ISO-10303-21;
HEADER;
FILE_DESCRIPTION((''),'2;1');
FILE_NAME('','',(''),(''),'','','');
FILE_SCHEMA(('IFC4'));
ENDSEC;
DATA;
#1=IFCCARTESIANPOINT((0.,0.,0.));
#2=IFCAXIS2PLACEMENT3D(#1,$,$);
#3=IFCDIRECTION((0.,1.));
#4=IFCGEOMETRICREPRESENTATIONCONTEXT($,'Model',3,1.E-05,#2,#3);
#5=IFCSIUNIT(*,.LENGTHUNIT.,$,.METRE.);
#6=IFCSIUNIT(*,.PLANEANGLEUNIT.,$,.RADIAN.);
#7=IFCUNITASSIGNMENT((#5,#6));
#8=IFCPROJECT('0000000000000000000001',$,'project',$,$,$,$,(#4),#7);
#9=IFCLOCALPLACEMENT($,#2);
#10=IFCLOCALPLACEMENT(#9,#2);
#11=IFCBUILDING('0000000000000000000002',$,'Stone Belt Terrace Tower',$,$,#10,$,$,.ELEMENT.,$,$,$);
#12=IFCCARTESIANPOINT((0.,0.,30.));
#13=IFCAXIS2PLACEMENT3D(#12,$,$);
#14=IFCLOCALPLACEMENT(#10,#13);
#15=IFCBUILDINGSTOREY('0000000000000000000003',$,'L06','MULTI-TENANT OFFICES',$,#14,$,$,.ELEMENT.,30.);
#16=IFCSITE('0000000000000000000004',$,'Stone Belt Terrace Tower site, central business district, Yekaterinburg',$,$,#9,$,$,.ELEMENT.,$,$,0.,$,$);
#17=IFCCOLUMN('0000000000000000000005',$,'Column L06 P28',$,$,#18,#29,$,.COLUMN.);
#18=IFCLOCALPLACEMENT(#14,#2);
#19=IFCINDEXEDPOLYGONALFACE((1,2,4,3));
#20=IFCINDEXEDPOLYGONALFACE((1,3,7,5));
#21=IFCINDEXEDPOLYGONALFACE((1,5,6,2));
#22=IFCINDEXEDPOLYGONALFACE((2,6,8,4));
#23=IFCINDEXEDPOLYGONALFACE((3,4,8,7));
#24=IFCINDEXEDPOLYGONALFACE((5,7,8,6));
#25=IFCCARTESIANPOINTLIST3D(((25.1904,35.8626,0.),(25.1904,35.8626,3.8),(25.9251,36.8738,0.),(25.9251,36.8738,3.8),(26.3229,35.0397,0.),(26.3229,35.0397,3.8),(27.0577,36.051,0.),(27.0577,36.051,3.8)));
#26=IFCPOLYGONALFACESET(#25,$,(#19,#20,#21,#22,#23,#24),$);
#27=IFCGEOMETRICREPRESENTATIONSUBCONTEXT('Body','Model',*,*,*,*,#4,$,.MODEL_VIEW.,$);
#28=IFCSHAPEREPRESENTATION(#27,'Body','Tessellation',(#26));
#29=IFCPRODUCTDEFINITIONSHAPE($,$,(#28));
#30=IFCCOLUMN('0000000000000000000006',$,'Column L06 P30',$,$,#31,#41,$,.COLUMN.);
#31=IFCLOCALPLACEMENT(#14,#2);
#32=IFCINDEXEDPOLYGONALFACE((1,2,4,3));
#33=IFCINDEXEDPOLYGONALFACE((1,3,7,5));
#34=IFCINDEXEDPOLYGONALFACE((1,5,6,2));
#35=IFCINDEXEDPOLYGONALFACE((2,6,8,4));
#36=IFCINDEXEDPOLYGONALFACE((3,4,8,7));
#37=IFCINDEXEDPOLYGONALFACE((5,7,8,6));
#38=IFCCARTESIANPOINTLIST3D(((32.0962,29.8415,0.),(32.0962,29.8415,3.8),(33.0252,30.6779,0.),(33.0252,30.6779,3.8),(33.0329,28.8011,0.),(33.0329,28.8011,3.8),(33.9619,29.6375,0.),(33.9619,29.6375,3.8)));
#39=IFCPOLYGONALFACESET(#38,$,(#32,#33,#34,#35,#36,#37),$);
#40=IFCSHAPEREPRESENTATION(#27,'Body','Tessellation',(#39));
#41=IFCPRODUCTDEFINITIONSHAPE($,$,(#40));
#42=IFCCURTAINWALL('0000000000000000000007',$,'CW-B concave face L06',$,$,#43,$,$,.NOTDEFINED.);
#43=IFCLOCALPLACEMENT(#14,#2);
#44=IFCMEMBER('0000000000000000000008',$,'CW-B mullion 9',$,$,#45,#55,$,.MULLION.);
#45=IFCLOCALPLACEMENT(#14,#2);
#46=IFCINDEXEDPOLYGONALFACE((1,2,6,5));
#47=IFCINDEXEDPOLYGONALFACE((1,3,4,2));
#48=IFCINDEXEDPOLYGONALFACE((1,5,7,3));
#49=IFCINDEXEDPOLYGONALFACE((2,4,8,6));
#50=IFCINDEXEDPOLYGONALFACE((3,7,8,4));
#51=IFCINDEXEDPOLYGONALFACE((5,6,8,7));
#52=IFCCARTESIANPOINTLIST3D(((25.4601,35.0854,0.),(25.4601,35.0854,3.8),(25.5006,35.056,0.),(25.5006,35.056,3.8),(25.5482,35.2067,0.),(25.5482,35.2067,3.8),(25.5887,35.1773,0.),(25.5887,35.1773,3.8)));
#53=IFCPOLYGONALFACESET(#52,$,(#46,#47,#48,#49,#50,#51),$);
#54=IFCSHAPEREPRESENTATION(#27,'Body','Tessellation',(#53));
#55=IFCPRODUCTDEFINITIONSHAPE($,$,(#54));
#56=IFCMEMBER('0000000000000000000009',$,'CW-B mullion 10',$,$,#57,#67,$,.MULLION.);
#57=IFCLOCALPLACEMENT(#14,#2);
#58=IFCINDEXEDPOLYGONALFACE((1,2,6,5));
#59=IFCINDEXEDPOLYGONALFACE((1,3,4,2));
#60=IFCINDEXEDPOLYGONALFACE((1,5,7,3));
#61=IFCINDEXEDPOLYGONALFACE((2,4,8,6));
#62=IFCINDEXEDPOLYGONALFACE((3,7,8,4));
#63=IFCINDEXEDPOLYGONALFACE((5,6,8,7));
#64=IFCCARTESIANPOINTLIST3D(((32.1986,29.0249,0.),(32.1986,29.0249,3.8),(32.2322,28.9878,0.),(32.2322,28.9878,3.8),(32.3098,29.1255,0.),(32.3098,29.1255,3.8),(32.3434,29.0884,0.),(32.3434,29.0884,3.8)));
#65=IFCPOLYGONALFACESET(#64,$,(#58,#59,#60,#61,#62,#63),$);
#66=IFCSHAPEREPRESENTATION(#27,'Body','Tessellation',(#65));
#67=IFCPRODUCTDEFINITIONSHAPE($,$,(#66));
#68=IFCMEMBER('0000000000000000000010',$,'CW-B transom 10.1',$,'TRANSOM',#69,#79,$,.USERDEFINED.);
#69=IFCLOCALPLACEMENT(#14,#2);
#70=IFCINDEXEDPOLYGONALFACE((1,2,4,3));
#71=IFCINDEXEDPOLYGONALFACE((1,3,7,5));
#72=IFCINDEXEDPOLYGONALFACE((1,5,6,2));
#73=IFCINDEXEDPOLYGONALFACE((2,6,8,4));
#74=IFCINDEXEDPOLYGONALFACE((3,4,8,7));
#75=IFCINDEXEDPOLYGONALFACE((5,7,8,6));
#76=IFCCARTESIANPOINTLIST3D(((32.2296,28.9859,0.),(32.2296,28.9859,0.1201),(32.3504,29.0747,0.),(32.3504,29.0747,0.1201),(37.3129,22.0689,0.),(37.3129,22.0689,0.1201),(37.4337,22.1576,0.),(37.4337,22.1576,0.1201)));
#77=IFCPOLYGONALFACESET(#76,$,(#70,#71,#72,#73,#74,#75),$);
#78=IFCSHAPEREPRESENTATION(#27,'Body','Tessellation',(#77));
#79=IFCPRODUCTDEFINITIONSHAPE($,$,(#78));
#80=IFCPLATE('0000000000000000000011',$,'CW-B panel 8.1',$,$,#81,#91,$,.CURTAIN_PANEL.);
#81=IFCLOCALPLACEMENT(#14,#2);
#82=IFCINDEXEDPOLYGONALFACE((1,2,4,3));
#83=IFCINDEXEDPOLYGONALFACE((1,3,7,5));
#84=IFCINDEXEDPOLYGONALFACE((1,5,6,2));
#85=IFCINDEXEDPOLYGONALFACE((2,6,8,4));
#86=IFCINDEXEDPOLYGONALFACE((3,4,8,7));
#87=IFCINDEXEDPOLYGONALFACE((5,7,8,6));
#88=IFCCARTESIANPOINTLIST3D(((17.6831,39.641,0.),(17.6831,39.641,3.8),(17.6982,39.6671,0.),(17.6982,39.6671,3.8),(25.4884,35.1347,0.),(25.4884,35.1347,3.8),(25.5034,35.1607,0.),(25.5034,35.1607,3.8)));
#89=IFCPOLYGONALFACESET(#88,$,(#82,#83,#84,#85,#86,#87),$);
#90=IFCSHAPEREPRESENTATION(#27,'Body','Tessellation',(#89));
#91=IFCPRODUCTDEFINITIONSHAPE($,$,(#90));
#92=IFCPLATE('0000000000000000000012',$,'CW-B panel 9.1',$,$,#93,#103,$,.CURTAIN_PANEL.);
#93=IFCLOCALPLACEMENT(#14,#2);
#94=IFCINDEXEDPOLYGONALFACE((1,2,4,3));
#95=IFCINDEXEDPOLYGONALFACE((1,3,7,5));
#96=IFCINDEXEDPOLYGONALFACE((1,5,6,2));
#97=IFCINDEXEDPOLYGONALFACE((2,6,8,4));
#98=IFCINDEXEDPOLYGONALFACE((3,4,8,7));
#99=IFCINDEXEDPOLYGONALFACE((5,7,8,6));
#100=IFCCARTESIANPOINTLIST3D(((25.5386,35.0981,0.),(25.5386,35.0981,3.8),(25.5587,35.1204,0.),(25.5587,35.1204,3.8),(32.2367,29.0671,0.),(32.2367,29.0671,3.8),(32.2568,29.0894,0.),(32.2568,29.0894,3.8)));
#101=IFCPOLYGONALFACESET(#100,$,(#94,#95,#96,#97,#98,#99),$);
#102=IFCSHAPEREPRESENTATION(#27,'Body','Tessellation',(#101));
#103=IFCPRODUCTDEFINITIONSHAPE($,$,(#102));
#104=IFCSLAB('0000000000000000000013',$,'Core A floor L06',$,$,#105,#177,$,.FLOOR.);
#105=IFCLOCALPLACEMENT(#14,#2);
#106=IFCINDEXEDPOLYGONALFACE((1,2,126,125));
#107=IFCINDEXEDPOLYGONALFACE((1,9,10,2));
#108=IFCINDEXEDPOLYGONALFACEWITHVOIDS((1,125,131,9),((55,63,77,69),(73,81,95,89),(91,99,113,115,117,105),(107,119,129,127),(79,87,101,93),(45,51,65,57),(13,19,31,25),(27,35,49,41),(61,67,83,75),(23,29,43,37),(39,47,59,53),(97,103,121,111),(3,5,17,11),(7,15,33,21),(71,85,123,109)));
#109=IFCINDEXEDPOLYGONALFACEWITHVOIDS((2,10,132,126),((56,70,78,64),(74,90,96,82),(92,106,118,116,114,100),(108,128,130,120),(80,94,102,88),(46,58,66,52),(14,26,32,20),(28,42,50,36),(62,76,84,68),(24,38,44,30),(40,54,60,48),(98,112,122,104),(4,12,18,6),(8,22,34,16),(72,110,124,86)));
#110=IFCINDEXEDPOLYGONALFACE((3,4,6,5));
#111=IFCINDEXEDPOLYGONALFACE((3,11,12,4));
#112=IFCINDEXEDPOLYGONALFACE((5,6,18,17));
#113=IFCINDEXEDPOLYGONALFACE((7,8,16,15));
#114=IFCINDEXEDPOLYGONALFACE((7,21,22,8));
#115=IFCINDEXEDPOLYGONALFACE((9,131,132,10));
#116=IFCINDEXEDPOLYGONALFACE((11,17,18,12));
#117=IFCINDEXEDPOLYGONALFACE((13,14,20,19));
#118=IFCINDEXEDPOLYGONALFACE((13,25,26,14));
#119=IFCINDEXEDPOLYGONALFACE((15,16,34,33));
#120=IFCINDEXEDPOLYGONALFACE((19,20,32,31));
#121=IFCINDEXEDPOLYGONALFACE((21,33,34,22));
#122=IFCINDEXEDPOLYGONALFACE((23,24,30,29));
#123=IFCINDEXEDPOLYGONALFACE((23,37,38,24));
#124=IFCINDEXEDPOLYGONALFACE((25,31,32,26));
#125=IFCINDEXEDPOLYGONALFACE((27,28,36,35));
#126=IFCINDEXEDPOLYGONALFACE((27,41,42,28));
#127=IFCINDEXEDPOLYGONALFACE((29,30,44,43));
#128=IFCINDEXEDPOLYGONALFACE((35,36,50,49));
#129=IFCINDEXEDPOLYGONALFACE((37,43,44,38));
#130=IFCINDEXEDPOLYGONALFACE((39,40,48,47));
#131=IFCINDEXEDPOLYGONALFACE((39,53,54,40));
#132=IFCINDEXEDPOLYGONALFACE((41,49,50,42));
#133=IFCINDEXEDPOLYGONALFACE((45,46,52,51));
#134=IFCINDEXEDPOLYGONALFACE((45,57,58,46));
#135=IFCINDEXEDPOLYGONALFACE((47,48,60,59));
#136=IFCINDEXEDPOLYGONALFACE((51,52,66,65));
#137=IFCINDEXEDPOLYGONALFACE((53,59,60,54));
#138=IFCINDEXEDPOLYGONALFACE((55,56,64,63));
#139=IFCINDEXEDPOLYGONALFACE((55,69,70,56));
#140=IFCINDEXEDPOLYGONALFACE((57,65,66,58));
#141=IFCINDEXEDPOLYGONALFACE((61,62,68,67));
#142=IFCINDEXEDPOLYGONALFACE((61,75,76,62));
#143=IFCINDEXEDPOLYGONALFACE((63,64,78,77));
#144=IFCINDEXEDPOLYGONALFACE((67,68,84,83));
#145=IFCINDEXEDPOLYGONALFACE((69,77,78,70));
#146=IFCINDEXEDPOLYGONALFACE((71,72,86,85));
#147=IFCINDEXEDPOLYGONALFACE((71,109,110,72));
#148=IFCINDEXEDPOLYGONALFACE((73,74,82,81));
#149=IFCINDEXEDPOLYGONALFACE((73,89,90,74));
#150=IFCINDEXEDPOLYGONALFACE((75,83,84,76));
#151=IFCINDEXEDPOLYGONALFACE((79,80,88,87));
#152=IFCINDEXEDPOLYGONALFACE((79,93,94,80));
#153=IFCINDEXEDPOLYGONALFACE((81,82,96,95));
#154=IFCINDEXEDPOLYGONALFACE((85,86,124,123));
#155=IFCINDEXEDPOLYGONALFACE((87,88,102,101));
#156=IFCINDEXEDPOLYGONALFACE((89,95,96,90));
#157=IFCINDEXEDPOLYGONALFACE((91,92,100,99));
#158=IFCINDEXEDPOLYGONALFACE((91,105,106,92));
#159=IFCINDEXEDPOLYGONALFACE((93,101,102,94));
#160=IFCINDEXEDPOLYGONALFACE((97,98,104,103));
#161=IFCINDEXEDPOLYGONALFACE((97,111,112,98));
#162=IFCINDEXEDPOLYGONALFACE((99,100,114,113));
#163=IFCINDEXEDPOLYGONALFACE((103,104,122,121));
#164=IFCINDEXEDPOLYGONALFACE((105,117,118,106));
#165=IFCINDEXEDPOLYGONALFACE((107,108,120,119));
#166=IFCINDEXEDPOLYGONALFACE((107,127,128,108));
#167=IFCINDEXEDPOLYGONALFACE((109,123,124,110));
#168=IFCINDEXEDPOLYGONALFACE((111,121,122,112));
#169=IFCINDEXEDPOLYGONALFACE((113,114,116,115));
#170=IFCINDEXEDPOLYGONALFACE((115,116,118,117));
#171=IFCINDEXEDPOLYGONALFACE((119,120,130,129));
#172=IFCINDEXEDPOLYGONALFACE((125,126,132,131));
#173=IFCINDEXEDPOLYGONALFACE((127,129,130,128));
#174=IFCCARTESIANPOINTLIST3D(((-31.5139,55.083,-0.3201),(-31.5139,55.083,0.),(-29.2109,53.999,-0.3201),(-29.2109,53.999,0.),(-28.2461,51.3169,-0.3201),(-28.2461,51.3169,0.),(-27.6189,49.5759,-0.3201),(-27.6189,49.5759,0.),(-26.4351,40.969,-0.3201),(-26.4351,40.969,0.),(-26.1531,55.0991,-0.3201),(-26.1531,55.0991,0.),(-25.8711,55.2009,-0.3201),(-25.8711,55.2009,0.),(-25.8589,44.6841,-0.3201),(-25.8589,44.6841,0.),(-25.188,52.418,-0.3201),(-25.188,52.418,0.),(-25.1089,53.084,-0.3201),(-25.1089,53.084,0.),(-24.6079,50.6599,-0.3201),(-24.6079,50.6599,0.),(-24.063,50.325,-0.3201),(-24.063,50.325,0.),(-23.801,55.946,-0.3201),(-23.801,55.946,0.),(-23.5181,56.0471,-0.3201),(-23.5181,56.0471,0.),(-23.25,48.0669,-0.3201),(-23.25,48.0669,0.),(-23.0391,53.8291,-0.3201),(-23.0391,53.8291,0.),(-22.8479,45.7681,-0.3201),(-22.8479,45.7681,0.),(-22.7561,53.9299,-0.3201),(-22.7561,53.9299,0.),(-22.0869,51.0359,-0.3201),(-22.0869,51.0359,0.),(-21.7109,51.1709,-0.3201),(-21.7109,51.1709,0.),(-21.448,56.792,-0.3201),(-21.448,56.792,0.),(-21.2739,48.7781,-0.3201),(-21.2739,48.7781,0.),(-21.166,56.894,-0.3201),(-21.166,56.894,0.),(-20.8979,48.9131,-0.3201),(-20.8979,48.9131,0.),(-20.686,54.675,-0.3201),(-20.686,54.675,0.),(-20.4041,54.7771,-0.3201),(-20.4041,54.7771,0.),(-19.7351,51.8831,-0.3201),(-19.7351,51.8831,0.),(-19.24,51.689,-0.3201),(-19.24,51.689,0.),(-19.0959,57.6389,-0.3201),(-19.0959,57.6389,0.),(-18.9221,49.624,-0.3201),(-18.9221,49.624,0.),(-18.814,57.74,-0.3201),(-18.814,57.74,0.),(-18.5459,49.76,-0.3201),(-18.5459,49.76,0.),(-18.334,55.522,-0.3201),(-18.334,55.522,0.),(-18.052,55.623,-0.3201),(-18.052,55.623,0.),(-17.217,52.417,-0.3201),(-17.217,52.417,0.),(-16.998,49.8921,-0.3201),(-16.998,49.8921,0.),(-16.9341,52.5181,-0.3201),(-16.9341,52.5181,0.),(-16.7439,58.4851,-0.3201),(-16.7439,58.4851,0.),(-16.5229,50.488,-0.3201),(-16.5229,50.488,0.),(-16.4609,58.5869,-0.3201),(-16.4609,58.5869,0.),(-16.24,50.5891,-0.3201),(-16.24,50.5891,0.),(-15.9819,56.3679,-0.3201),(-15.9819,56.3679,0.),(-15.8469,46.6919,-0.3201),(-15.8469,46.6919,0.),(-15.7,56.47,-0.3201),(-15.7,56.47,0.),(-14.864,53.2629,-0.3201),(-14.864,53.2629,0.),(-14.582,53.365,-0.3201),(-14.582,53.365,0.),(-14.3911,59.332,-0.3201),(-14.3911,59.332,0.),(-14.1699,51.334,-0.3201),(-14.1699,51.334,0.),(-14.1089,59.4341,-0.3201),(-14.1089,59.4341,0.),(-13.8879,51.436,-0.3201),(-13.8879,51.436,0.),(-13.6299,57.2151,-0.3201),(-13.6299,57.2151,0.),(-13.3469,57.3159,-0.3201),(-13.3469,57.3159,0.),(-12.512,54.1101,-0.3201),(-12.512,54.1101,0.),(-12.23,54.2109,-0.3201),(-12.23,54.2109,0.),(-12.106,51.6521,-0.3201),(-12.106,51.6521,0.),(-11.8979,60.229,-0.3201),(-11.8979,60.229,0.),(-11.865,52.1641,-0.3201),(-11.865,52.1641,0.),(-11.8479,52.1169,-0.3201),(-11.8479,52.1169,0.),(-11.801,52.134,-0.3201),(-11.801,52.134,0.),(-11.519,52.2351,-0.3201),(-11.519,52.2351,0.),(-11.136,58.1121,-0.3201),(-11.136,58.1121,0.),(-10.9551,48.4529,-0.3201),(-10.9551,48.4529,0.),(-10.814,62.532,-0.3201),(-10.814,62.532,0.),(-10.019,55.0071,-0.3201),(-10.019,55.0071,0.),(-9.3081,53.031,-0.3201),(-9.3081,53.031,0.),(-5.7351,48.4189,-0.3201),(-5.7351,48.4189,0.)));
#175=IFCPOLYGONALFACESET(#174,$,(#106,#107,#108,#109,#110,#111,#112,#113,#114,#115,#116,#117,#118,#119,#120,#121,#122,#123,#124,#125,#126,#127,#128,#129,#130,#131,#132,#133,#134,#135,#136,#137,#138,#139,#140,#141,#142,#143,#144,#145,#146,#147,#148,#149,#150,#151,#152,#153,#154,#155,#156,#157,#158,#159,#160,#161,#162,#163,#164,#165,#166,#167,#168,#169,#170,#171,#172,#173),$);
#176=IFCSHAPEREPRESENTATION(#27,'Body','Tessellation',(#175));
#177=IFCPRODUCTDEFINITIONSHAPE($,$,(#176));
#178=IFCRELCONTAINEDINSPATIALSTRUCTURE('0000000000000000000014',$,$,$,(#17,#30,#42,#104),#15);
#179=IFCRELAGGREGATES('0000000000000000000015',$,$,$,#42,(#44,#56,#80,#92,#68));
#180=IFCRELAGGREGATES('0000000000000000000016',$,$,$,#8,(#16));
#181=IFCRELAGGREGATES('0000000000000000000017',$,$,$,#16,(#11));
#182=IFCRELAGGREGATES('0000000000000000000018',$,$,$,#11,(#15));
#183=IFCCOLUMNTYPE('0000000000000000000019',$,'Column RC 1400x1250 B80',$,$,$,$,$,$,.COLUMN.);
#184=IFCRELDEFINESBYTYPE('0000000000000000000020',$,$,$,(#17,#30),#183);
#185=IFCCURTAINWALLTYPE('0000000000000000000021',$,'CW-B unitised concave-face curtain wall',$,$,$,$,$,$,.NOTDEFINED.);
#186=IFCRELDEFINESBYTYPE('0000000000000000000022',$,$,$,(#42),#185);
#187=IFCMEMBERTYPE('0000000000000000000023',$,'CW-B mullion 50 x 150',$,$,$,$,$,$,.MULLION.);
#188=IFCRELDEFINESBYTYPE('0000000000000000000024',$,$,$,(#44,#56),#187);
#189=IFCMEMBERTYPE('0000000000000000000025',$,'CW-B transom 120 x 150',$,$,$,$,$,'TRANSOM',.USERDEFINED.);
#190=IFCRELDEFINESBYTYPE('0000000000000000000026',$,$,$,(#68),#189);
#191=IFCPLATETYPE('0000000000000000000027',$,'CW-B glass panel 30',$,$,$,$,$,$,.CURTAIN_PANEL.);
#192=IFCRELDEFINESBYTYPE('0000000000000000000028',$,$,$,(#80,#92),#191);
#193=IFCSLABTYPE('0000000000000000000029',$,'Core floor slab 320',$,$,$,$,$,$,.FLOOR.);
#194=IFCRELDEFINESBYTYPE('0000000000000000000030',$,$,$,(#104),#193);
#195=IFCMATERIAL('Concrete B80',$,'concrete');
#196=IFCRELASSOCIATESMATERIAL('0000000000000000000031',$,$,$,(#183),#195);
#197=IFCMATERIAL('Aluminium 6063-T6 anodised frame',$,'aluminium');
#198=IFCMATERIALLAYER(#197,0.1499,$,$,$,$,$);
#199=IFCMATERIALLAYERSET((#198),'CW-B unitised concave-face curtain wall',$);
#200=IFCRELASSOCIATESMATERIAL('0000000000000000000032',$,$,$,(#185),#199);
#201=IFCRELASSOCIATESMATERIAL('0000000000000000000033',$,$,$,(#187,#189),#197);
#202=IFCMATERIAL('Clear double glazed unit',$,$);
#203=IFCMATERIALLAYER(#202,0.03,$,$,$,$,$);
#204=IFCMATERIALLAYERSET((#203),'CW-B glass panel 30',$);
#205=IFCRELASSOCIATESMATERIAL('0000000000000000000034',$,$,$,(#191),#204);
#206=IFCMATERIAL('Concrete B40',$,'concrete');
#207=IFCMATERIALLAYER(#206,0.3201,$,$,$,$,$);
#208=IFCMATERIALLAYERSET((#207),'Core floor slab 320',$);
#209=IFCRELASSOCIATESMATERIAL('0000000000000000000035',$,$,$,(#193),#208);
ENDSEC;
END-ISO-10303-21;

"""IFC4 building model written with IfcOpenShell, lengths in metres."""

from ifc_helpers import new_model, si_unit, direction, frame, origin, origin_2d, place, context, subcontext, project, spatial, polyline, rectangle, outline, extrude, material, layer, layer_set, material_profile, profile_set, type_object, element, aggregate, save


model = new_model("IFC4")

# Units and contexts
model_context = context("Model", 3, precision=1e-05, world=origin(), true_north=direction((0.0, 1.0)))
body_context = subcontext(model_context, "Body", "Model", "MODEL_VIEW")
ifc_project = project(units=[si_unit("LENGTHUNIT", "METRE"), si_unit("PLANEANGLEUNIT", "RADIAN")], contexts=[model_context])

# Site, building, storey
site_placement = place(None, origin())
site = spatial("IfcSite", under=ifc_project, at=site_placement, Name="Stone Belt Terrace Tower site, central business district, Yekaterinburg", CompositionType="ELEMENT", RefElevation=0.0)
building_placement = place(site_placement, origin())
building = spatial("IfcBuilding", under=site, at=building_placement, Name="Stone Belt Terrace Tower", CompositionType="ELEMENT")
storey_placement = place(building_placement, frame((0.0, 0.0, 30.0)))
storey = spatial("IfcBuildingStorey", under=building, at=storey_placement, Name="L06", Description="MULTI-TENANT OFFICES", CompositionType="ELEMENT", Elevation=30.0)

# Columns
ifc_material_1 = material(Name="Concrete B80", Category="concrete")
ifc_material_profile_1 = material_profile(ifc_material_1, rectangle(XDim=1.3999, YDim=1.25, at=origin_2d()), Name="RC 1400x1250")
ifc_profile_set_1 = profile_set([ifc_material_profile_1], Name="Concrete B80")
column_type = type_object("IfcColumnType", Name="Column RC 1400x1250 B80", PredefinedType="COLUMN", material=ifc_profile_set_1)
for number, where, z_axis, x_axis, name in (
    (1, (26.124, 35.9568, 0.0), (0.0, 0.0, 1.0), (0.809017, -0.587785, 0.0), "Column L06 P28"),
    (2, (33.0291, 29.7395, 0.0), (0.0, 0.0, 1.0), (0.669131, -0.743145, 0.0), "Column L06 P30"),
):
    element("IfcColumn", number, at=place(storey_placement, frame(where, z_axis=z_axis, x_axis=x_axis)), inside=storey, type_object=column_type, Name=name, PredefinedType="COLUMN", context=body_context, shape_type="SweptSolid", body=[
        extrude(rectangle(XDim=1.3999, YDim=1.25, at=origin_2d()), origin(), (0.0, 0.0, 1.0), 3.8),
    ])

# Curtain wall, members, plates
ifc_material_2 = material(Name="Aluminium 6063-T6 anodised frame", Category="aluminium")
ifc_layer_1 = layer(ifc_material_2, 0.1499)
ifc_layer_set_1 = layer_set([ifc_layer_1], Name="CW-B unitised concave-face curtain wall")
curtain_wall_type = type_object("IfcCurtainWallType", Name="CW-B unitised concave-face curtain wall", PredefinedType="NOTDEFINED", material=ifc_layer_set_1)
curtain_wall_placement = place(storey_placement, origin())
curtain_wall = element("IfcCurtainWall", 3, at=curtain_wall_placement, inside=storey, type_object=curtain_wall_type, Name="CW-B concave face L06", PredefinedType="NOTDEFINED")
ifc_material_profile_2 = material_profile(ifc_material_2, rectangle(XDim=0.1499, YDim=0.05, at=origin_2d()), Name="Aluminium 6063-T6 50x150")
ifc_profile_set_2 = profile_set([ifc_material_profile_2], Name="Aluminium 6063-T6 anodised frame")
member_type_1 = type_object("IfcMemberType", Name="CW-B mullion 50 x 150", PredefinedType="MULLION", material=ifc_profile_set_2)
member_1_placement = place(storey_placement, frame((25.5244, 35.1313, 0.0), z_axis=(0.0, 0.0, 1.0), x_axis=(0.587785, 0.809017, 0.0)))
member_1 = element("IfcMember", 4, at=member_1_placement, type_object=member_type_1, Name="CW-B mullion 9", PredefinedType="MULLION", context=body_context, shape_type="SweptSolid", body=[
    extrude(rectangle(XDim=0.1499, YDim=0.05, at=origin_2d()), origin(), (0.0, 0.0, 1.0), 3.8),
])
member_2_placement = place(storey_placement, frame((32.271, 29.0566, 0.0), z_axis=(0.0, 0.0, 1.0), x_axis=(0.74133, 0.671141, 0.0)))
member_2 = element("IfcMember", 5, at=member_2_placement, type_object=member_type_1, Name="CW-B mullion 10", PredefinedType="MULLION", context=body_context, shape_type="SweptSolid", body=[
    extrude(rectangle(XDim=0.1499, YDim=0.05, at=origin_2d()), origin(), (0.0, 0.0, 1.0), 3.8),
])
ifc_material_profile_3 = material_profile(ifc_material_2, rectangle(XDim=0.1499, YDim=0.1201, at=origin_2d()), Name="Aluminium 6063-T6 150x120")
ifc_profile_set_3 = profile_set([ifc_material_profile_3], Name="Aluminium 6063-T6 anodised frame")
member_type_2 = type_object("IfcMemberType", Name="CW-B transom 120 x 150", ElementType="TRANSOM", PredefinedType="USERDEFINED", material=ifc_profile_set_3)
member_3_placement = place(storey_placement, frame((32.29, 29.0303, 0.0601), z_axis=(0.592181, -0.805805, 0.0), x_axis=(0.805805, 0.592181, 0.0)))
member_3 = element("IfcMember", 6, at=member_3_placement, type_object=member_type_2, Name="CW-B transom 10.1", ObjectType="TRANSOM", PredefinedType="USERDEFINED", context=body_context, shape_type="SweptSolid", body=[
    extrude(rectangle(XDim=0.1499, YDim=0.1201, at=origin_2d()), origin(), (0.0, 0.0, 1.0), 8.584),
])
ifc_material_3 = material(Name="Clear double glazed unit")
ifc_layer_2 = layer(ifc_material_3, 0.03)
ifc_layer_set_2 = layer_set([ifc_layer_2], Name="CW-B glass panel 30")
plate_type = type_object("IfcPlateType", Name="CW-B glass panel 30", PredefinedType="CURTAIN_PANEL", material=ifc_layer_set_2)
plate_1_placement = place(storey_placement, frame((21.5933, 37.4009, 0.0), z_axis=(0.0, 0.0, 1.0), x_axis=(0.866025, -0.5, 0.0)))
plate_1 = element("IfcPlate", 7, at=plate_1_placement, type_object=plate_type, Name="CW-B panel 8.1", PredefinedType="CURTAIN_PANEL", context=body_context, shape_type="SweptSolid", body=[
    extrude(rectangle(XDim=9.0127, YDim=0.03, at=origin_2d()), origin(), (0.0, 0.0, 1.0), 3.8),
])
plate_2_placement = place(storey_placement, frame((28.8977, 32.0938, 0.0), z_axis=(0.0, 0.0, 1.0), x_axis=(0.743145, -0.669131, 0.0)))
plate_2 = element("IfcPlate", 8, at=plate_2_placement, type_object=plate_type, Name="CW-B panel 9.1", PredefinedType="CURTAIN_PANEL", context=body_context, shape_type="SweptSolid", body=[
    extrude(rectangle(XDim=9.0132, YDim=0.03, at=origin_2d()), origin(), (0.0, 0.0, 1.0), 3.8),
])
aggregate(curtain_wall, [member_1, member_2, plate_1, plate_2, member_3])

# Slab
ifc_material_4 = material(Name="Concrete B40", Category="concrete")
ifc_layer_3 = layer(ifc_material_4, 0.3201)
ifc_layer_set_3 = layer_set([ifc_layer_3], Name="Core floor slab 320")
slab_type_1 = type_object("IfcSlabType", Name="Core floor slab 320", PredefinedType="FLOOR", material=ifc_layer_set_3)
slab_1_placement = place(storey_placement, frame((0.0, 0.0, -0.3201)))
element("IfcSlab", 9, at=slab_1_placement, inside=storey, type_object=slab_type_1, Name="Core A floor L06", PredefinedType="FLOOR", context=body_context, shape_type="SweptSolid", body=[
    extrude(outline(polyline([(-26.4351, 40.969), (-5.7351, 48.4189), (-10.814, 62.532), (-31.5139, 55.083), (-26.4351, 40.969)]), holes=[polyline([(-24.6079, 50.6599), (-22.8479, 45.7681), (-25.8589, 44.6841), (-27.6189, 49.5759), (-24.6079, 50.6599)]), polyline([(-21.2739, 48.7781), (-23.25, 48.0669), (-24.063, 50.325), (-22.0869, 51.0359), (-21.2739, 48.7781)]), polyline([(-18.9221, 49.624), (-20.8979, 48.9131), (-21.7109, 51.1709), (-19.7351, 51.8831), (-18.9221, 49.624)]), polyline([(-19.24, 51.689), (-17.217, 52.417), (-16.5229, 50.488), (-18.5459, 49.76), (-19.24, 51.689)]), polyline([(-29.2109, 53.999), (-26.1531, 55.0991), (-25.188, 52.418), (-28.2461, 51.3169), (-29.2109, 53.999)]), polyline([(-23.801, 55.946), (-23.0391, 53.8291), (-25.1089, 53.084), (-25.8711, 55.2009), (-23.801, 55.946)]), polyline([(-21.448, 56.792), (-20.686, 54.675), (-22.7561, 53.9299), (-23.5181, 56.0471), (-21.448, 56.792)]), polyline([(-19.0959, 57.6389), (-18.334, 55.522), (-20.4041, 54.7771), (-21.166, 56.894), (-19.0959, 57.6389)]), polyline([(-15.8469, 46.6919), (-16.998, 49.8921), (-12.106, 51.6521), (-10.9551, 48.4529), (-15.8469, 46.6919)]), polyline([(-16.24, 50.5891), (-16.9341, 52.5181), (-14.864, 53.2629), (-14.1699, 51.334), (-16.24, 50.5891)]), polyline([(-11.801, 52.134), (-11.8479, 52.1169), (-11.865, 52.1641), (-13.8879, 51.436), (-14.582, 53.365), (-12.512, 54.1101), (-11.801, 52.134)]), polyline([(-9.3081, 53.031), (-11.519, 52.2351), (-12.23, 54.2109), (-10.019, 55.0071), (-9.3081, 53.031)]), polyline([(-16.7439, 58.4851), (-15.9819, 56.3679), (-18.052, 55.623), (-18.814, 57.74), (-16.7439, 58.4851)]), polyline([(-14.3911, 59.332), (-13.6299, 57.2151), (-15.7, 56.47), (-16.4609, 58.5869), (-14.3911, 59.332)]), polyline([(-11.8979, 60.229), (-11.136, 58.1121), (-13.3469, 57.3159), (-14.1089, 59.4341), (-11.8979, 60.229)])]), origin(), (0.0, 0.0, 1.0), 0.3201),
])

save(model, "model.ifc")
